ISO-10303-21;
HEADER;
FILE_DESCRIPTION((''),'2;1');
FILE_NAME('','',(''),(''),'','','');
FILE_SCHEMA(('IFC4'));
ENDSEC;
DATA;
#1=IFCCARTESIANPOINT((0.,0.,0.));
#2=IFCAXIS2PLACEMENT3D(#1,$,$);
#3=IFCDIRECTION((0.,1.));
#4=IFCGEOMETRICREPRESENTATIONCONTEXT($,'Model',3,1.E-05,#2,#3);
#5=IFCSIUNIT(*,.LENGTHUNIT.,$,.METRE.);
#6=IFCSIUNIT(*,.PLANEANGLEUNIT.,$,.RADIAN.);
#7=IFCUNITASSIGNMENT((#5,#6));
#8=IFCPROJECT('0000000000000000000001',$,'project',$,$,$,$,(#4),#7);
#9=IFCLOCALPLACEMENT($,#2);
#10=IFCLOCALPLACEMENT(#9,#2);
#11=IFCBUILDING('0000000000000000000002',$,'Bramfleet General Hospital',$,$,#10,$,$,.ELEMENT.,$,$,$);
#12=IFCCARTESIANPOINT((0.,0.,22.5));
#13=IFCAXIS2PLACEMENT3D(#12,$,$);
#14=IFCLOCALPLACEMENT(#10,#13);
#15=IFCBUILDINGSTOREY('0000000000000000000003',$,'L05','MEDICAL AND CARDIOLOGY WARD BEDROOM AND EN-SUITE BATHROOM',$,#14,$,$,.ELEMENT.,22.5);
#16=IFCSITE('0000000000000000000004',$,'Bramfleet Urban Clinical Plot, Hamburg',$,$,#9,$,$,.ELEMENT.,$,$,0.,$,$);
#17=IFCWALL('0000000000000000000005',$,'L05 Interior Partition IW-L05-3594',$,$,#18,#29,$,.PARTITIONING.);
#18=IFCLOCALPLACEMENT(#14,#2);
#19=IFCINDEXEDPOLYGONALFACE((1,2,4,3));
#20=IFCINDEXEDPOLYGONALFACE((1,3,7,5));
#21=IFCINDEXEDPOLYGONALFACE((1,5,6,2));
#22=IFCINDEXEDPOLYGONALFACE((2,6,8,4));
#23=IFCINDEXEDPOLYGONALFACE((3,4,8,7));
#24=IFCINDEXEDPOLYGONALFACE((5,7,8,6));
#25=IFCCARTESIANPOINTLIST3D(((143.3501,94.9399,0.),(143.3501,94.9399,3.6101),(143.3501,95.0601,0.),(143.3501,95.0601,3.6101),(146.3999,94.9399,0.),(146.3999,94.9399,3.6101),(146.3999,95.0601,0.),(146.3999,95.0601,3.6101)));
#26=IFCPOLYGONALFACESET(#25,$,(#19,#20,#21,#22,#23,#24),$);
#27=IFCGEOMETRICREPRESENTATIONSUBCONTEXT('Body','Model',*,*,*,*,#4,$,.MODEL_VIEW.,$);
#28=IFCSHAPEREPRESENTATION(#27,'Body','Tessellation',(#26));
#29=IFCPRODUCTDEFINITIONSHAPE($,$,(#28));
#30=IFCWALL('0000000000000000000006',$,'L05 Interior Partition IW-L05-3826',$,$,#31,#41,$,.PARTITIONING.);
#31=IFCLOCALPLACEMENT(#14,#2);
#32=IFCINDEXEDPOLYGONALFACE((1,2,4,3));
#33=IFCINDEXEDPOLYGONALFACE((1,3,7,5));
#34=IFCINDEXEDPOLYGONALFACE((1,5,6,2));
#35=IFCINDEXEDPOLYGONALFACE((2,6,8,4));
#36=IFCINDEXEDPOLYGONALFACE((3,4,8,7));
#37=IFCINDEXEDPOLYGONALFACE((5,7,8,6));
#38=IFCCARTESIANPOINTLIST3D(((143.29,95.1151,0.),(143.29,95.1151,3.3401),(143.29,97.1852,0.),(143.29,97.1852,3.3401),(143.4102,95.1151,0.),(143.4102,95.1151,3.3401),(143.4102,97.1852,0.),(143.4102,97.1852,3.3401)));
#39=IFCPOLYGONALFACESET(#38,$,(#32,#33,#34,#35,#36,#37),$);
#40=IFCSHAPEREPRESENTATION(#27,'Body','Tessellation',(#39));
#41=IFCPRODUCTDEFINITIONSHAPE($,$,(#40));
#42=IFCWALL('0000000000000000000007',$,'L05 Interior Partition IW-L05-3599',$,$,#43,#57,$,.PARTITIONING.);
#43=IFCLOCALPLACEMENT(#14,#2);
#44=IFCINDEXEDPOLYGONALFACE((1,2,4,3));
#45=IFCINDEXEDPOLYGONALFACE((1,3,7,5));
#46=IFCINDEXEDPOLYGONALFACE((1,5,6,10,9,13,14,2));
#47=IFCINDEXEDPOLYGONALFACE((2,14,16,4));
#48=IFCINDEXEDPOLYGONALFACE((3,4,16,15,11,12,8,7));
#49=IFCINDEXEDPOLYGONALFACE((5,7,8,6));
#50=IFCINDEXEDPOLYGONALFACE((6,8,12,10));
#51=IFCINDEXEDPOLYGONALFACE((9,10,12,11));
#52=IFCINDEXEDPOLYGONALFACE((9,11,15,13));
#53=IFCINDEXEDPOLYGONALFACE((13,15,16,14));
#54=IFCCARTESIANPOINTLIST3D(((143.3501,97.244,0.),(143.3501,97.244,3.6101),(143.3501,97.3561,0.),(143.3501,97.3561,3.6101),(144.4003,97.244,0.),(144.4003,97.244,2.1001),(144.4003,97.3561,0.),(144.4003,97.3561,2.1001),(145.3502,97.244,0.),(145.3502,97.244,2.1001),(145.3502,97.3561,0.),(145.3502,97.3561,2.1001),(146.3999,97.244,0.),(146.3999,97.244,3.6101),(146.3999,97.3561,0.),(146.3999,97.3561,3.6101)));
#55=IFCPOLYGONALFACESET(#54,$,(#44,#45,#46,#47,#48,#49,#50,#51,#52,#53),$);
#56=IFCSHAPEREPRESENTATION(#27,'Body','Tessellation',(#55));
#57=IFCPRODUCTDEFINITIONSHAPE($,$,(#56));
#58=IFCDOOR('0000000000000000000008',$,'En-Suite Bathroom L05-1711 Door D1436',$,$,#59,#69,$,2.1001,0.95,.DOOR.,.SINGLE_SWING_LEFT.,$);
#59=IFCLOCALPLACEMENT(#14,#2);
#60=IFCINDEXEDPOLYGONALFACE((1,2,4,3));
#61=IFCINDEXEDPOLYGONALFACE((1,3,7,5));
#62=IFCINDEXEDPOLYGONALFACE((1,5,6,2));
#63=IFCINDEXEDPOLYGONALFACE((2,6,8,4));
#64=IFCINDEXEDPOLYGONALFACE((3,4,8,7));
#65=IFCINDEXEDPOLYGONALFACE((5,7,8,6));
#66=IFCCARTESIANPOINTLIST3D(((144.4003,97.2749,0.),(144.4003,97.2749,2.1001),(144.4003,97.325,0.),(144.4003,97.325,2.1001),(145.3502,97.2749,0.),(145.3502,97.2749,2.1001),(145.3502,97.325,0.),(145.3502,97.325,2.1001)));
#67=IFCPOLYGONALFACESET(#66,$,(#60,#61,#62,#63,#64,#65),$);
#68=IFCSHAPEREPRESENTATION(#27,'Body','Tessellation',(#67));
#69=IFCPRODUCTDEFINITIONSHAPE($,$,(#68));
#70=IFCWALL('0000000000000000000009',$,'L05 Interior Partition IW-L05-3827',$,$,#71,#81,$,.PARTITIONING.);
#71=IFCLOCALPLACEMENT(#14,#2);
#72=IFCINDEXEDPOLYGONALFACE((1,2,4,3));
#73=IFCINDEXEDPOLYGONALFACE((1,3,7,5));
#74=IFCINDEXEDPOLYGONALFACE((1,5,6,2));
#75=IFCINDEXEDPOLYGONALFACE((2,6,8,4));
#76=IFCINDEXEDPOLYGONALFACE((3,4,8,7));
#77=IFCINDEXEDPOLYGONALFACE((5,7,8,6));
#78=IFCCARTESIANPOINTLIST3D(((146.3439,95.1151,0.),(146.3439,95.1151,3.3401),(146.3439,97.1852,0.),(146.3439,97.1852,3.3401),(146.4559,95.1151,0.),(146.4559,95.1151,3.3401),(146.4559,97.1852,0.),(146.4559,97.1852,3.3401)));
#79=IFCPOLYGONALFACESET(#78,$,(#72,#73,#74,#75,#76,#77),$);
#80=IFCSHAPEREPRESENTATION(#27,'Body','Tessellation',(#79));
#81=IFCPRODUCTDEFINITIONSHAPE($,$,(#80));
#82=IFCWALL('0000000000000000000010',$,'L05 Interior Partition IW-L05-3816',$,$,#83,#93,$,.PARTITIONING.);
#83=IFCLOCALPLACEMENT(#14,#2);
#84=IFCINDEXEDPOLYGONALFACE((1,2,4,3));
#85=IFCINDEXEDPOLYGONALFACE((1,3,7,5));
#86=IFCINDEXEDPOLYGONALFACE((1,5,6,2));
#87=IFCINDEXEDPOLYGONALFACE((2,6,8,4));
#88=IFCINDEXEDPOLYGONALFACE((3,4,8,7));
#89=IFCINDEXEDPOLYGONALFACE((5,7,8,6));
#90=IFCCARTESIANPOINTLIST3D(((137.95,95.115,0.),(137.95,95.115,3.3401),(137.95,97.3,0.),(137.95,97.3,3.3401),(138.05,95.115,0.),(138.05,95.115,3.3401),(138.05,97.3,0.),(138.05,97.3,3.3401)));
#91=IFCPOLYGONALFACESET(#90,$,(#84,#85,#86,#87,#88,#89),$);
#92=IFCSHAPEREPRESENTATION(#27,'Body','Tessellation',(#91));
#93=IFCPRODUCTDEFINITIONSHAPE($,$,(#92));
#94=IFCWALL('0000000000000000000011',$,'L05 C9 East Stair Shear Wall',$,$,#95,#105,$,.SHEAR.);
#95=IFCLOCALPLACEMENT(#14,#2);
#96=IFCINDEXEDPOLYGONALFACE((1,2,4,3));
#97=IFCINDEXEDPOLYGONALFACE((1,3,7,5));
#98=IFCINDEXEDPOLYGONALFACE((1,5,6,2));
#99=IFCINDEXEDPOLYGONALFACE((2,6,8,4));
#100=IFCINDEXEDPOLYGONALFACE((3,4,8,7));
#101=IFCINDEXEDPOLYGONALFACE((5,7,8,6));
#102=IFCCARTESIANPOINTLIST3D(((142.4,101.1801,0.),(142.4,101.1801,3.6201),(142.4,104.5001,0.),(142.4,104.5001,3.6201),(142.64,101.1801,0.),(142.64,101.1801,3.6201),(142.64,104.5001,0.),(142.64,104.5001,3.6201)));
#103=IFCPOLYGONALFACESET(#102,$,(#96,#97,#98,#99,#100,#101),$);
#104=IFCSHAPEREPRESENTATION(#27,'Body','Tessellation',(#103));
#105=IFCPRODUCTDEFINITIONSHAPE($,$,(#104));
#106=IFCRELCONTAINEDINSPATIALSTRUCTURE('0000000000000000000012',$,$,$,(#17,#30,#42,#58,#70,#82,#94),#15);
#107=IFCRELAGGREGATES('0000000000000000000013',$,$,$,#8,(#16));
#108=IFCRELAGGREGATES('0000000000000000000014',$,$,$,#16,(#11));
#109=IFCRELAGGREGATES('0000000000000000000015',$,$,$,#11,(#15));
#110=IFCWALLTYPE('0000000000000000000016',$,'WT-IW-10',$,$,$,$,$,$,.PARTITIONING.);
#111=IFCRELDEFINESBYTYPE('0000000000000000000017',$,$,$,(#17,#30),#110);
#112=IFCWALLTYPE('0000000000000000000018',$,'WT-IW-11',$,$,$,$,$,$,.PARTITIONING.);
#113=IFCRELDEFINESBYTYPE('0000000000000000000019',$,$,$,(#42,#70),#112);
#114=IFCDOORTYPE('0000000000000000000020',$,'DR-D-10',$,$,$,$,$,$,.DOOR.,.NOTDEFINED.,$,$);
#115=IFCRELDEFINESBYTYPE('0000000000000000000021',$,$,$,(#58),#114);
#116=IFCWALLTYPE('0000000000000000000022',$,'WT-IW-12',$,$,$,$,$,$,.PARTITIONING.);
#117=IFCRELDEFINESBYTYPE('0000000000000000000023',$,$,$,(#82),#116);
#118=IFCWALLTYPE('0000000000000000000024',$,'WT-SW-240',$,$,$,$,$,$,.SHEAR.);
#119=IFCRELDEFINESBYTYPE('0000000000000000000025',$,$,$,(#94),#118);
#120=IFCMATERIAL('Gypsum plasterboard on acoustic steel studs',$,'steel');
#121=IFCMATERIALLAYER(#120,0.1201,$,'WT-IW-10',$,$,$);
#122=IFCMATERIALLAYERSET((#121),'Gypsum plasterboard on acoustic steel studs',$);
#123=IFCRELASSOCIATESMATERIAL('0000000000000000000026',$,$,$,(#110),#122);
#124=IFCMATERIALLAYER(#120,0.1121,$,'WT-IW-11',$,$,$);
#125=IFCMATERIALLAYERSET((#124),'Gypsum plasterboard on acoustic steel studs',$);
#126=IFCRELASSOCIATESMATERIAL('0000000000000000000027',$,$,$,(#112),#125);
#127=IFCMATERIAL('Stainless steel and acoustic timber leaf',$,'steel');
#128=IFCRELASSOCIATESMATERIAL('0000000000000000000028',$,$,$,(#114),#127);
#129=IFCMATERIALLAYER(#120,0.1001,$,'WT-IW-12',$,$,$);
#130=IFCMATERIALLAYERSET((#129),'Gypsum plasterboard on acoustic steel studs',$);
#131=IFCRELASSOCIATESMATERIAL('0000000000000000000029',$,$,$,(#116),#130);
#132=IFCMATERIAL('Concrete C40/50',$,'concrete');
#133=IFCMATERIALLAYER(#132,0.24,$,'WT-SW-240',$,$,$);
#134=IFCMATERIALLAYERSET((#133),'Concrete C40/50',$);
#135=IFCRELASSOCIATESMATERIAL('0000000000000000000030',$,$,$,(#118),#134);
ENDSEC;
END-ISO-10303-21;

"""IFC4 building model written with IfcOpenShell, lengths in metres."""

from ifc_helpers import new_model, si_unit, direction, frame, frame_2d, origin, place, context, subcontext, project, spatial, rectangle, extrude, material, layer, layer_set, type_object, element, fill, save


model = new_model("IFC4")

# Units and contexts
model_context = context("Model", 3, precision=1e-05, world=origin(), true_north=direction((0.0, 1.0)))
body_context = subcontext(model_context, "Body", "Model", "MODEL_VIEW")
ifc_project = project(units=[si_unit("LENGTHUNIT", "METRE"), si_unit("PLANEANGLEUNIT", "RADIAN")], contexts=[model_context])

# Site, building, storey
site_placement = place(None, origin())
site = spatial("IfcSite", under=ifc_project, at=site_placement, Name="Bramfleet Urban Clinical Plot, Hamburg", CompositionType="ELEMENT", RefElevation=0.0)
building_placement = place(site_placement, origin())
building = spatial("IfcBuilding", under=site, at=building_placement, Name="Bramfleet General Hospital", CompositionType="ELEMENT")
storey_placement = place(building_placement, frame((0.0, 0.0, 22.5)))
storey = spatial("IfcBuildingStorey", under=building, at=storey_placement, Name="L05", Description="MEDICAL AND CARDIOLOGY WARD BEDROOM AND EN-SUITE BATHROOM", CompositionType="ELEMENT", Elevation=22.5)

# Shared definitions
ifc_material_1 = material(Name="Concrete C40/50", Category="concrete")

# Shared definitions
ifc_material_2 = material(Name="Gypsum plasterboard on acoustic steel studs", Category="steel")
ifc_material_3 = material(Name="Stainless steel and acoustic timber leaf", Category="steel")

# Walls
ifc_layer_1 = layer(ifc_material_2, 0.1201, Name="WT-IW-10")
ifc_layer_set_1 = layer_set([ifc_layer_1], Name="Gypsum plasterboard on acoustic steel studs")
wall_type_1 = type_object("IfcWallType", Name="WT-IW-10", PredefinedType="PARTITIONING", material=ifc_layer_set_1)
wall_1_placement = place(storey_placement, frame((143.3501, 95.0, 0.0), z_axis=(0.0, 0.0, 1.0), x_axis=(1.0, 0.0, 0.0)))
element("IfcWall", 1, at=wall_1_placement, inside=storey, type_object=wall_type_1, Name="L05 Interior Partition IW-L05-3594", PredefinedType="PARTITIONING", context=body_context, shape_type="SweptSolid", body=[
    extrude(rectangle(XDim=3.0498, YDim=0.1201, at=frame_2d((1.5249, 0.0))), origin(), (0.0, 0.0, 1.0), 3.6101),
])
wall_2_placement = place(storey_placement, frame((143.3501, 95.115, 0.0), z_axis=(0.0, 0.0, 1.0), x_axis=(0.0, 1.0, 0.0)))
element("IfcWall", 2, at=wall_2_placement, inside=storey, type_object=wall_type_1, Name="L05 Interior Partition IW-L05-3826", PredefinedType="PARTITIONING", context=body_context, shape_type="SweptSolid", body=[
    extrude(rectangle(XDim=2.0701, YDim=0.1201, at=frame_2d((1.0352, 0.0))), origin(), (0.0, 0.0, 1.0), 3.3401),
])

# Wall, opening, door
ifc_layer_2 = layer(ifc_material_2, 0.1121, Name="WT-IW-11")
ifc_layer_set_2 = layer_set([ifc_layer_2], Name="Gypsum plasterboard on acoustic steel studs")
wall_type_2 = type_object("IfcWallType", Name="WT-IW-11", PredefinedType="PARTITIONING", material=ifc_layer_set_2)
wall_3_placement = place(storey_placement, frame((143.3501, 97.3, 0.0), z_axis=(0.0, 0.0, 1.0), x_axis=(1.0, 0.0, 0.0)))
wall_3 = element("IfcWall", 3, at=wall_3_placement, inside=storey, type_object=wall_type_2, Name="L05 Interior Partition IW-L05-3599", PredefinedType="PARTITIONING", context=body_context, shape_type="SweptSolid", body=[
    extrude(rectangle(XDim=3.0498, YDim=0.1121, at=frame_2d((1.5249, 0.0))), origin(), (0.0, 0.0, 1.0), 3.6101),
])
opening_1_placement = place(wall_3_placement, frame((1.05, 0.0, 0.0)))
opening_1 = element("IfcOpeningElement", 4, at=opening_1_placement, cuts=wall_3, PredefinedType="OPENING", context=body_context, shape_type="SweptSolid", body=[
    extrude(rectangle(XDim=0.95, YDim=2.1001, at=frame_2d((0.4751, 1.05))), frame((0.0, 0.0659, 0.0), z_axis=(0.0, -1.0, 0.0), x_axis=(1.0, 0.0, 0.0)), (0.0, 0.0, 1.0), 0.1321),
])
door_type_1 = type_object("IfcDoorType", Name="DR-D-10", OperationType="NOTDEFINED", PredefinedType="DOOR", material=ifc_material_3)
door_1_placement = place(opening_1_placement, origin())
door_1 = element("IfcDoor", 5, at=door_1_placement, inside=storey, type_object=door_type_1, Name="En-Suite Bathroom L05-1711 Door D1436", OperationType="SINGLE_SWING_LEFT", OverallHeight=2.1001, OverallWidth=0.95, PredefinedType="DOOR", context=body_context, shape_type="SweptSolid", body=[
    extrude(rectangle(XDim=0.95, YDim=2.1001, at=frame_2d((0.4751, 1.05))), frame((0.0, 0.0249, 0.0), z_axis=(0.0, -1.0, 0.0), x_axis=(1.0, 0.0, 0.0)), (0.0, 0.0, 1.0), 0.05),
])
fill(opening_1, door_1)

# Walls
wall_4_placement = place(storey_placement, frame((146.3999, 95.115, 0.0), z_axis=(0.0, 0.0, 1.0), x_axis=(0.0, 1.0, 0.0)))
element("IfcWall", 6, at=wall_4_placement, inside=storey, type_object=wall_type_2, Name="L05 Interior Partition IW-L05-3827", PredefinedType="PARTITIONING", context=body_context, shape_type="SweptSolid", body=[
    extrude(rectangle(XDim=2.0701, YDim=0.1121, at=frame_2d((1.0352, 0.0))), origin(), (0.0, 0.0, 1.0), 3.3401),
])
ifc_layer_3 = layer(ifc_material_2, 0.1001, Name="WT-IW-12")
ifc_layer_set_3 = layer_set([ifc_layer_3], Name="Gypsum plasterboard on acoustic steel studs")
wall_type_3 = type_object("IfcWallType", Name="WT-IW-12", PredefinedType="PARTITIONING", material=ifc_layer_set_3)
wall_5_placement = place(storey_placement, frame((138.0, 95.115, 0.0), z_axis=(0.0, 0.0, 1.0), x_axis=(0.0, 1.0, 0.0)))
element("IfcWall", 7, at=wall_5_placement, inside=storey, type_object=wall_type_3, Name="L05 Interior Partition IW-L05-3816", PredefinedType="PARTITIONING", context=body_context, shape_type="SweptSolid", body=[
    extrude(rectangle(XDim=2.1851, YDim=0.1001, at=frame_2d((1.0925, 0.0))), origin(), (0.0, 0.0, 1.0), 3.3401),
])
ifc_layer_4 = layer(ifc_material_1, 0.24, Name="WT-SW-240")
ifc_layer_set_4 = layer_set([ifc_layer_4], Name="Concrete C40/50")
wall_type_4 = type_object("IfcWallType", Name="WT-SW-240", PredefinedType="SHEAR", material=ifc_layer_set_4)
wall_6_placement = place(storey_placement, frame((142.52, 101.1799, 0.0), z_axis=(0.0, 0.0, 1.0), x_axis=(0.0, 1.0, 0.0)))
element("IfcWall", 8, at=wall_6_placement, inside=storey, type_object=wall_type_4, Name="L05 C9 East Stair Shear Wall", PredefinedType="SHEAR", context=body_context, shape_type="SweptSolid", body=[
    extrude(rectangle(XDim=3.3201, YDim=0.24, at=frame_2d((1.6602, 0.0))), origin(), (0.0, 0.0, 1.0), 3.6201),
])

save(model, "model.ifc")
